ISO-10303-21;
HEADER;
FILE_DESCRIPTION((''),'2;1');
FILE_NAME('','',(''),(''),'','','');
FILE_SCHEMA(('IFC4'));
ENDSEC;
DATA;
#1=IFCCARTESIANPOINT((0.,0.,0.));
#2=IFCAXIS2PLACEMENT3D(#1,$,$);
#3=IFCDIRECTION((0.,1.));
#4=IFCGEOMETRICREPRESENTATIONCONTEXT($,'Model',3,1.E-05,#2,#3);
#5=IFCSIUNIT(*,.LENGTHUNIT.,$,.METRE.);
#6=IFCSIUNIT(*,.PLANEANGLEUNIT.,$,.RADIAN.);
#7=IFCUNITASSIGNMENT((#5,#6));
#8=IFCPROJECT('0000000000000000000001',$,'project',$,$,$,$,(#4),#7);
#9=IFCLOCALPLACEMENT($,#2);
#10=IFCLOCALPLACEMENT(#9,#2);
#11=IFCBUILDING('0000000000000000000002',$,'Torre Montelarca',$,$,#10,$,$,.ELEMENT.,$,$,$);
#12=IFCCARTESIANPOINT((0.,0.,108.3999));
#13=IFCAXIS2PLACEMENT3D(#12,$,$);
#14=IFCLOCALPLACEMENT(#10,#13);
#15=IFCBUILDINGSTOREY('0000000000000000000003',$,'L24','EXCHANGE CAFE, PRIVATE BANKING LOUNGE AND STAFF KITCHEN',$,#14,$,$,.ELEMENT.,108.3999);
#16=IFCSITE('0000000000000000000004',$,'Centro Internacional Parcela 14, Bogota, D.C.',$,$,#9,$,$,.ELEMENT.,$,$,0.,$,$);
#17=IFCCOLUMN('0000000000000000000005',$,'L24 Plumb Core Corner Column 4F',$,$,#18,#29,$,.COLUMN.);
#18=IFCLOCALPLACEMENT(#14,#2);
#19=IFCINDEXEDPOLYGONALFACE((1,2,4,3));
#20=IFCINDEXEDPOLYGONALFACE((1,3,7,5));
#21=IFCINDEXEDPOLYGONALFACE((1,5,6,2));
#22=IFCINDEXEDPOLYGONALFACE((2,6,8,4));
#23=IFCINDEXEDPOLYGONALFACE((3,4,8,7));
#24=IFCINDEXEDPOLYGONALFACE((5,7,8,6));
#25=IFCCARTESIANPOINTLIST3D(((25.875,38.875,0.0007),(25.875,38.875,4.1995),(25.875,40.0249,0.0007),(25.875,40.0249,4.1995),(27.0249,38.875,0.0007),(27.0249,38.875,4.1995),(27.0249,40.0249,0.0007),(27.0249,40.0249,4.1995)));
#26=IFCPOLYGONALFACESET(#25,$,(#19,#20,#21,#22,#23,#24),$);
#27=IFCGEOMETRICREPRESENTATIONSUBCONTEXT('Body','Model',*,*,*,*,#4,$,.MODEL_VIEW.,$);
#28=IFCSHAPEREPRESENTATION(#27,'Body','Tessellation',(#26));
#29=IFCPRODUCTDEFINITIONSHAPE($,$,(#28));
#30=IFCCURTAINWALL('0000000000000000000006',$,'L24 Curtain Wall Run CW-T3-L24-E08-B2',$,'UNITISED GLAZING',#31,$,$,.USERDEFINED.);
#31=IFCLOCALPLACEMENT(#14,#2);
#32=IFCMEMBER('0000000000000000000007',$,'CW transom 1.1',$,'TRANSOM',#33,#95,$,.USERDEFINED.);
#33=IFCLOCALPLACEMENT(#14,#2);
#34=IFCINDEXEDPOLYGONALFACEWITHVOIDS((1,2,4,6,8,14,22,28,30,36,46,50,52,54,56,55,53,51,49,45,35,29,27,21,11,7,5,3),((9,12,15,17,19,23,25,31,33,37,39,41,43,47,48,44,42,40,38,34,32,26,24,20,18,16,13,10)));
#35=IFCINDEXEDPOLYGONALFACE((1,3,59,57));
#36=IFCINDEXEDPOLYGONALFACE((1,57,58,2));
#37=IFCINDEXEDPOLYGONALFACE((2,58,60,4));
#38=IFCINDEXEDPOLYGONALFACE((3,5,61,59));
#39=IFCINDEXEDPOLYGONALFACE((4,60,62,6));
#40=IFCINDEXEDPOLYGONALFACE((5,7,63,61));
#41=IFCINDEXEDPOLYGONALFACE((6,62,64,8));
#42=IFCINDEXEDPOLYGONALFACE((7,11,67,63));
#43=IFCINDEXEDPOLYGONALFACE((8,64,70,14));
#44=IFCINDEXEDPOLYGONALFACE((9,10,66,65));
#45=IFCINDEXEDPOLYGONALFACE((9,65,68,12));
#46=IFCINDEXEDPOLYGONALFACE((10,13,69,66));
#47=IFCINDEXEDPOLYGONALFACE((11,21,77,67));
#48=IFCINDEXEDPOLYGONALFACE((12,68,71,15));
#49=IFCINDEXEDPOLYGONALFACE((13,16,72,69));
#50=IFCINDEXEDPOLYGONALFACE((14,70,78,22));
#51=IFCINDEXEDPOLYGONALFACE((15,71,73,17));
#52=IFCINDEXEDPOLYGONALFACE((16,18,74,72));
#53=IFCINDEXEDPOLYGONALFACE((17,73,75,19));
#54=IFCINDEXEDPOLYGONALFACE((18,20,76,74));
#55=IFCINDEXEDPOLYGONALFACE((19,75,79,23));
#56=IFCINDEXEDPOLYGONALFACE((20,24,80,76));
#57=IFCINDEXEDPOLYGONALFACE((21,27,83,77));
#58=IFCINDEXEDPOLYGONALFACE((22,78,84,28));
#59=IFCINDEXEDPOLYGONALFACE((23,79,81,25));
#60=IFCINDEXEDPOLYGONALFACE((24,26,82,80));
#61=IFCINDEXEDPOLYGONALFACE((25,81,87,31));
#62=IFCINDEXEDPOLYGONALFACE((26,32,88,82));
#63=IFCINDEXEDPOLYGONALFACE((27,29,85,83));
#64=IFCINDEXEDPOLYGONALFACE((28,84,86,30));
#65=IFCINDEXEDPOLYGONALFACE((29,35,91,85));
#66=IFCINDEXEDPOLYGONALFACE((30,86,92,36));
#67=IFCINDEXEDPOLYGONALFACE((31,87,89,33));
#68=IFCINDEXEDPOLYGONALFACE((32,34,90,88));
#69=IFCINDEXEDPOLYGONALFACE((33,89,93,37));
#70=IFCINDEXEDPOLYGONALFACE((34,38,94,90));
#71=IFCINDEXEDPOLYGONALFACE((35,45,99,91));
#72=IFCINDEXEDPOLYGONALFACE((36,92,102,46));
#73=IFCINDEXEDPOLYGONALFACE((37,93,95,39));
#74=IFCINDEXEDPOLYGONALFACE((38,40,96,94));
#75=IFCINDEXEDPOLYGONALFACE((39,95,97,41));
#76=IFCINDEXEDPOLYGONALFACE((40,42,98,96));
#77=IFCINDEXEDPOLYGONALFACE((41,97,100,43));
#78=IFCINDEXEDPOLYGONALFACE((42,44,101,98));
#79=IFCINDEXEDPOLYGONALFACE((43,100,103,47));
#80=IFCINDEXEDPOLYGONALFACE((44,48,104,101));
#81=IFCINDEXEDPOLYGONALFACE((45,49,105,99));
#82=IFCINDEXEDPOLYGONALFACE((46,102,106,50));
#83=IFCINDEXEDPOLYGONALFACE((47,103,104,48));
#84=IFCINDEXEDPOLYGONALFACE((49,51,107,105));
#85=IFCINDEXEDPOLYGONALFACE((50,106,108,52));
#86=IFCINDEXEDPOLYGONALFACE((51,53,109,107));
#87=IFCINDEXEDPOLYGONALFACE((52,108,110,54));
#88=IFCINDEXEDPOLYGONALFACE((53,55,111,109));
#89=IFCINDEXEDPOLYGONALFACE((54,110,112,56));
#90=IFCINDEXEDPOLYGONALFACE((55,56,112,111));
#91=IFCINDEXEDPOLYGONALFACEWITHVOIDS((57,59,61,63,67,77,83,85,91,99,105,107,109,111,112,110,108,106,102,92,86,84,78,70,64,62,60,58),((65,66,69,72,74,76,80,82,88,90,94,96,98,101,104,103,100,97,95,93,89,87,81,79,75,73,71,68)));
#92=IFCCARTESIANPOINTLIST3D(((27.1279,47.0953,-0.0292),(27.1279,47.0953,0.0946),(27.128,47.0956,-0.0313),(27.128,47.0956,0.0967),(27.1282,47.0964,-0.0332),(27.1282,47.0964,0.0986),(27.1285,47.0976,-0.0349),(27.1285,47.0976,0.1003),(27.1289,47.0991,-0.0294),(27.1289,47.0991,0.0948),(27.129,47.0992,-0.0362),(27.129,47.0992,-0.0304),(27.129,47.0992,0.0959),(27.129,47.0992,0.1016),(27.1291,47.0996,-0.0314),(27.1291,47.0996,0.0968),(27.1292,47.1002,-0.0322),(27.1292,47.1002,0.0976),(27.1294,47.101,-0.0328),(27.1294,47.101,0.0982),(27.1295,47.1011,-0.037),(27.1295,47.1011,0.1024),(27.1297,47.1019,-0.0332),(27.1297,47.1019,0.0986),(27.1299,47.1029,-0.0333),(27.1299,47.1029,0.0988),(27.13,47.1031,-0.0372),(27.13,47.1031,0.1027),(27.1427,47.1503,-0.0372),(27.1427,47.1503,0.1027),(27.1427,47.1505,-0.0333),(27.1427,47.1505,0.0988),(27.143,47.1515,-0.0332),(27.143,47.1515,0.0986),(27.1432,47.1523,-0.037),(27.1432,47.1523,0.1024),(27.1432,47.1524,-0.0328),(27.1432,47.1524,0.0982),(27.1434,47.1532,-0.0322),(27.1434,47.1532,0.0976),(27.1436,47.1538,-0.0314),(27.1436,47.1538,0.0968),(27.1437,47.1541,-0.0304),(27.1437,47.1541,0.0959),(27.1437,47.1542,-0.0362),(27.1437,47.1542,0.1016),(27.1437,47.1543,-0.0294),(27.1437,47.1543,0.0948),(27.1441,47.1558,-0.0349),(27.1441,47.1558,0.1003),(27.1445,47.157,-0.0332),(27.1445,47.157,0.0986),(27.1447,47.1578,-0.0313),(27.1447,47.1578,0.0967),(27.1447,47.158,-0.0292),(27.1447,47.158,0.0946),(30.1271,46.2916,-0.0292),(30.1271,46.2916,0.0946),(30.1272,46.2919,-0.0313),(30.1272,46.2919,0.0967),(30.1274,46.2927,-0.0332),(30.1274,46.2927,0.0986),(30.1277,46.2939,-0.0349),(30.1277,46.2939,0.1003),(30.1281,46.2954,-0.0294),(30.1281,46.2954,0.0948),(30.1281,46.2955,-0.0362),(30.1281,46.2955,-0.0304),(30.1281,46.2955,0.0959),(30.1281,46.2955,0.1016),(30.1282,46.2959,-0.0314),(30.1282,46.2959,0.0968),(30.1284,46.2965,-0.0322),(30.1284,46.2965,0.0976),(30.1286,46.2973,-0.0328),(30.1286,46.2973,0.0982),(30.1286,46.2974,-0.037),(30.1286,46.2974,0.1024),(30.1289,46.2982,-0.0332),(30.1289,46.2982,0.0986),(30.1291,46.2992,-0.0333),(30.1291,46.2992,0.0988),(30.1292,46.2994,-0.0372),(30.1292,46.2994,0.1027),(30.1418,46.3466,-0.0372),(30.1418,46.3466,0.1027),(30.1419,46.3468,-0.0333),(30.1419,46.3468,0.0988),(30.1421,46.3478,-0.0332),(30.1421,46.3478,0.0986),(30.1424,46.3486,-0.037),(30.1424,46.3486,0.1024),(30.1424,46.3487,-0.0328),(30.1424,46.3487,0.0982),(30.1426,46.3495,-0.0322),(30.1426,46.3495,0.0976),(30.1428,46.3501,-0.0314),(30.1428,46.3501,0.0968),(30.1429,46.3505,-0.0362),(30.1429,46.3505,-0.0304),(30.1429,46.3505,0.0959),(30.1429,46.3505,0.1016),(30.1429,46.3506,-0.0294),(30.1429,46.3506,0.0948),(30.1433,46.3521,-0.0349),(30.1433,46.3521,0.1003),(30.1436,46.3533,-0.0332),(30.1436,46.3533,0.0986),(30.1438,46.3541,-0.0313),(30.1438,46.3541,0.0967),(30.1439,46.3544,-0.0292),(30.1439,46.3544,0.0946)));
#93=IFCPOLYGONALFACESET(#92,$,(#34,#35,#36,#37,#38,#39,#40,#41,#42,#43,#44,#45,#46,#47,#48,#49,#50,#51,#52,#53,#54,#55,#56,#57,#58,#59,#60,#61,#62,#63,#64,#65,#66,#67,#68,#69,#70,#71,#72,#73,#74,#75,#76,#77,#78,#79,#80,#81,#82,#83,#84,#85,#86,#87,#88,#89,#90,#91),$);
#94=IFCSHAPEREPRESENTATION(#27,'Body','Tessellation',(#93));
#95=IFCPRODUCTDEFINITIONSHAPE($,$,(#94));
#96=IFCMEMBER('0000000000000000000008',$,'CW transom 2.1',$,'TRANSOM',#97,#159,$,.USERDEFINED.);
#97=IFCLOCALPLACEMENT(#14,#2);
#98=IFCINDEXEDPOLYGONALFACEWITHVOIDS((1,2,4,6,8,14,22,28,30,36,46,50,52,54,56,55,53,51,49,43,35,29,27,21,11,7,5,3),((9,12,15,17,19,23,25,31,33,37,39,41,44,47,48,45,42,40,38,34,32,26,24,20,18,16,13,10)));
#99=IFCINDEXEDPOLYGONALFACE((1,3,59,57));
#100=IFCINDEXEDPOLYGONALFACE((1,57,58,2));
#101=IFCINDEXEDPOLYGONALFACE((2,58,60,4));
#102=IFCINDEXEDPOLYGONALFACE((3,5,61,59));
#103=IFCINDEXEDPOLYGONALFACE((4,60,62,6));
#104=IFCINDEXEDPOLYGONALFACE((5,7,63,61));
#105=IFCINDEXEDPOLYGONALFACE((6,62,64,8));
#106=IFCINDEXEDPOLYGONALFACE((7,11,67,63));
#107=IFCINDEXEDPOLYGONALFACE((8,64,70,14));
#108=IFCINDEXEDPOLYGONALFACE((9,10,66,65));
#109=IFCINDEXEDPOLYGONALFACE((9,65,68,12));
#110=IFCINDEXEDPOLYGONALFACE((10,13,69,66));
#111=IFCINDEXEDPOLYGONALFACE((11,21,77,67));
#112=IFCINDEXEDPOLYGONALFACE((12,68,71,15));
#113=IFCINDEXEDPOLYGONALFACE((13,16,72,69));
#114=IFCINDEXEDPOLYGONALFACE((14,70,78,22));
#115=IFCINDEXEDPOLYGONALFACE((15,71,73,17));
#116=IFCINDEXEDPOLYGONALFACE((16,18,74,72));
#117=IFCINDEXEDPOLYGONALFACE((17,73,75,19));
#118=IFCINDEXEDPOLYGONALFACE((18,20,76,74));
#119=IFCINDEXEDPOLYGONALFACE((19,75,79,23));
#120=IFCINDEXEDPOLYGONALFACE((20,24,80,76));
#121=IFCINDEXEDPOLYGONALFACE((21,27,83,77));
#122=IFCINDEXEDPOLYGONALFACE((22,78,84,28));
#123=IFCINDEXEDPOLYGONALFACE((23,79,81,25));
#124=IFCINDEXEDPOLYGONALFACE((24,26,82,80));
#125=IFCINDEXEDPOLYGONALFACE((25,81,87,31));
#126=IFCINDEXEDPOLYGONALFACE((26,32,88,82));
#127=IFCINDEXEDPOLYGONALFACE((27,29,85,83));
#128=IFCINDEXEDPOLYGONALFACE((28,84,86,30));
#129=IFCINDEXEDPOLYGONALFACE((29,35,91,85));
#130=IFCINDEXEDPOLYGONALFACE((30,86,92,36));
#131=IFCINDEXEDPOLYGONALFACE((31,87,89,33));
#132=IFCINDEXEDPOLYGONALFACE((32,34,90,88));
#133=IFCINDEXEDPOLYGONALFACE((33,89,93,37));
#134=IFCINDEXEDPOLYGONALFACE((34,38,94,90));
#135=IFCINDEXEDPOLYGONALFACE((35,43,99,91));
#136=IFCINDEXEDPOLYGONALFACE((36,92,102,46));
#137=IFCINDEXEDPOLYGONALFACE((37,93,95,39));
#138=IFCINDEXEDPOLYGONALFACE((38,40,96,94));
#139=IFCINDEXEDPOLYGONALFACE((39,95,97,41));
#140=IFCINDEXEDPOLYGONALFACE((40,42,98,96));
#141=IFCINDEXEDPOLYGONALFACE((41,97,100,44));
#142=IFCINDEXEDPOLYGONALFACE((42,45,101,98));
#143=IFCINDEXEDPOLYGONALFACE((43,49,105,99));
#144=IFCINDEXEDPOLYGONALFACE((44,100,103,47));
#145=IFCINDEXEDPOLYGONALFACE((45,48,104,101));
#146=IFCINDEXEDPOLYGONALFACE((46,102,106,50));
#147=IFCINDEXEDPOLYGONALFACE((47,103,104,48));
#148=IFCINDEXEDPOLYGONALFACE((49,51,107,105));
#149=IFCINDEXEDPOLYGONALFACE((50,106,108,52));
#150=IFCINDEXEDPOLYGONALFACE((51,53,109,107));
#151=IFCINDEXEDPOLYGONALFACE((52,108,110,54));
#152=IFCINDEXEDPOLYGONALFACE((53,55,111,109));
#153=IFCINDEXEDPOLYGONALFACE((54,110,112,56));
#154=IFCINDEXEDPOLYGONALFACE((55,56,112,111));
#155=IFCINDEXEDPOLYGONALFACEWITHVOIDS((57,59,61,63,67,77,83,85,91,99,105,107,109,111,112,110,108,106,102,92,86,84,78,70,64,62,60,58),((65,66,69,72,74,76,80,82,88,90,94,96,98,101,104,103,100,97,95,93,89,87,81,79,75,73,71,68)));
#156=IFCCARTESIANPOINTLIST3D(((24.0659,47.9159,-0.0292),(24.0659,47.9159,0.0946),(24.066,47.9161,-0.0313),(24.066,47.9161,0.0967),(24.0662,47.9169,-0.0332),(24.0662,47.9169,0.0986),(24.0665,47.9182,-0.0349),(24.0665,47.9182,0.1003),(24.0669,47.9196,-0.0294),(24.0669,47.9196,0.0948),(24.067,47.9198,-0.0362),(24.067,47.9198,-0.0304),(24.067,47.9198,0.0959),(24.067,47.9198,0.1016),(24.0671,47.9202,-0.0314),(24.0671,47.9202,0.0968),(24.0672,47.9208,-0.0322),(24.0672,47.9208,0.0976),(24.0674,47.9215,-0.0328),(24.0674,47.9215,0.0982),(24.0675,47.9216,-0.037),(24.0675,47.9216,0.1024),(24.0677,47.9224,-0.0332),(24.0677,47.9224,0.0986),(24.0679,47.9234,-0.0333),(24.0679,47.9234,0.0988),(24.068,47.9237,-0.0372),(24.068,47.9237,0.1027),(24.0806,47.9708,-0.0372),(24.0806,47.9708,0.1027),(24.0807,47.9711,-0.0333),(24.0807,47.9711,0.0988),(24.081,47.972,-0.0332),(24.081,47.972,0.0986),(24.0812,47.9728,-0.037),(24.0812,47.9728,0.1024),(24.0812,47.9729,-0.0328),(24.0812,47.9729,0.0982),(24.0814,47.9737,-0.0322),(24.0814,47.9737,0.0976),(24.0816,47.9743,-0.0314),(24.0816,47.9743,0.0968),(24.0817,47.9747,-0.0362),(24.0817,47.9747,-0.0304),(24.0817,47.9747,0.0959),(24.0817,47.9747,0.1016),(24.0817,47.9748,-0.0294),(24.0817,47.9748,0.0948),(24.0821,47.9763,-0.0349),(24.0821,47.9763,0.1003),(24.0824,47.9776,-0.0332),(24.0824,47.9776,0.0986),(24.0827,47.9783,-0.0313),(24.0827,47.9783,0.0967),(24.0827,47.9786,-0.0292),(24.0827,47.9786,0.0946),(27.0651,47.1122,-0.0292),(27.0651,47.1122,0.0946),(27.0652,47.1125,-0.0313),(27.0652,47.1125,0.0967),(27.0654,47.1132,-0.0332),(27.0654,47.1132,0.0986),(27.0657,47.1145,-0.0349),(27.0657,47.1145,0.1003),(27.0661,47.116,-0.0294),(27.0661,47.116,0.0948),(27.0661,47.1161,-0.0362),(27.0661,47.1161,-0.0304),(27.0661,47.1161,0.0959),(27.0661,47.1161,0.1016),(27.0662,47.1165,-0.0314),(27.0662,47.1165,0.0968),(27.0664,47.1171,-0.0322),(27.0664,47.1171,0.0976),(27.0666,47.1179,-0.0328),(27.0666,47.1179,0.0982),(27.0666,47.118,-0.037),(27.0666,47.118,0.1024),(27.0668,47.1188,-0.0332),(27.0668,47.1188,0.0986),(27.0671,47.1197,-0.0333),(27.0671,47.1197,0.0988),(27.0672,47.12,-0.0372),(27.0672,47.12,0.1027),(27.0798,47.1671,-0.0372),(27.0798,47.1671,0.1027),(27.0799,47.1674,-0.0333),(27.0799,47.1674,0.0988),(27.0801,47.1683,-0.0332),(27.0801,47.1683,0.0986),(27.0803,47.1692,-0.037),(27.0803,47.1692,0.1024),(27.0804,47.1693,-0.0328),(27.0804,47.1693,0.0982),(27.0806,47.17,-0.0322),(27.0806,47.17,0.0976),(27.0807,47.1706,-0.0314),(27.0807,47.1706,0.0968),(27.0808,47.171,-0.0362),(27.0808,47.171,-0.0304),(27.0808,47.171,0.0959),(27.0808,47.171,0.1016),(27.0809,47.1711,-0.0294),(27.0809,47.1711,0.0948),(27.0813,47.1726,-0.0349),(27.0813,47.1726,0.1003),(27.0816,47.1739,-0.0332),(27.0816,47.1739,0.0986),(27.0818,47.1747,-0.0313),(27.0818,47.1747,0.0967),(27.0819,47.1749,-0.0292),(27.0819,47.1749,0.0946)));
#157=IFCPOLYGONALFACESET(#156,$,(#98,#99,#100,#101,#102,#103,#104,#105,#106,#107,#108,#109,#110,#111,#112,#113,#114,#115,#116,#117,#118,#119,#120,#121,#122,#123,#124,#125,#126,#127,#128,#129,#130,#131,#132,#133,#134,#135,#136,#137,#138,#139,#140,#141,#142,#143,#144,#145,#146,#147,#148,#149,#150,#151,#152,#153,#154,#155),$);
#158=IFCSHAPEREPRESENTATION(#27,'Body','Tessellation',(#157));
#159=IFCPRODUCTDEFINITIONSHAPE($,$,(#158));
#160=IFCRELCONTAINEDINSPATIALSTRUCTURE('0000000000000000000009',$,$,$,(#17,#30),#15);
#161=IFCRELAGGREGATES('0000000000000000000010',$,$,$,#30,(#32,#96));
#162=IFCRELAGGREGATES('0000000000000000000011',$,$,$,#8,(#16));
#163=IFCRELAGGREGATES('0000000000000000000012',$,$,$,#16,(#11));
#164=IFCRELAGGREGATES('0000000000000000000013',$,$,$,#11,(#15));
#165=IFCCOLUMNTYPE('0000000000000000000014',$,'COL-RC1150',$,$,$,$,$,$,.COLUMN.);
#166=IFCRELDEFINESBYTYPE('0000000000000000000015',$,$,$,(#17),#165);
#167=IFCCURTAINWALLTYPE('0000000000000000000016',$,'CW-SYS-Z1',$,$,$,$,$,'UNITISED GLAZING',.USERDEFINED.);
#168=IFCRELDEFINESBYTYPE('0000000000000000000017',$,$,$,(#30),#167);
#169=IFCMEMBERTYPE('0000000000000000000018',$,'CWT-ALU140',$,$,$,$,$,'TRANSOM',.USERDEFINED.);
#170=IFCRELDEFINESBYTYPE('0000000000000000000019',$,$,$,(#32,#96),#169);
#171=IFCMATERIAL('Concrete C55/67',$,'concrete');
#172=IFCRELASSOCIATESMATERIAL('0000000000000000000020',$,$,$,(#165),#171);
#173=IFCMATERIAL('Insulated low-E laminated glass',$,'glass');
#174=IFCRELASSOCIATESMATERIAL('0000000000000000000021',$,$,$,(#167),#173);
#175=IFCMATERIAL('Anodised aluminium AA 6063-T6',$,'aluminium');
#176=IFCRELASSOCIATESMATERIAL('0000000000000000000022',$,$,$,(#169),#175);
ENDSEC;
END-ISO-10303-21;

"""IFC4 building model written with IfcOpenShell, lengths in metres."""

from ifc_helpers import new_model, si_unit, direction, frame, origin, origin_2d, place, context, subcontext, project, spatial, rectangle, hollow_rectangle, extrude, source, transform, mapped, material, material_profile, profile_set, type_object, element, aggregate, save


model = new_model("IFC4")

# Units and contexts
model_context = context("Model", 3, precision=1e-05, world=origin(), true_north=direction((0.0, 1.0)))
body_context = subcontext(model_context, "Body", "Model", "MODEL_VIEW")
ifc_project = project(units=[si_unit("LENGTHUNIT", "METRE"), si_unit("PLANEANGLEUNIT", "RADIAN")], contexts=[model_context])

# Site, building, storey
site_placement = place(None, origin())
site = spatial("IfcSite", under=ifc_project, at=site_placement, Name="Centro Internacional Parcela 14, Bogota, D.C.", CompositionType="ELEMENT", RefElevation=0.0)
building_placement = place(site_placement, origin())
building = spatial("IfcBuilding", under=site, at=building_placement, Name="Torre Montelarca", CompositionType="ELEMENT")
storey_placement = place(building_placement, frame((0.0, 0.0, 108.3999)))
storey = spatial("IfcBuildingStorey", under=building, at=storey_placement, Name="L24", Description="EXCHANGE CAFE, PRIVATE BANKING LOUNGE AND STAFF KITCHEN", CompositionType="ELEMENT", Elevation=108.3999)

# Column
ifc_material_1 = material(Name="Concrete C55/67", Category="concrete")
ifc_material_profile_1 = material_profile(ifc_material_1, rectangle(XDim=1.1499, YDim=1.1499, at=origin_2d()), Name="RC1150X1150", Category="concrete")
ifc_profile_set_1 = profile_set([ifc_material_profile_1], Name="Concrete C55/67")
column_type = type_object("IfcColumnType", Name="COL-RC1150", PredefinedType="COLUMN", material=ifc_profile_set_1)
shared_shape_1 = source(origin(), body_context, "Body", "SweptSolid", [
    extrude(rectangle(XDim=1.1499, YDim=1.1499, at=origin_2d()), origin(), (0.0, 0.0, 1.0), 4.1987),
])
column_placement = place(storey_placement, frame((26.45, 39.45, 0.0007), z_axis=(0.0, 0.0, 1.0), x_axis=(1.0, 0.0, 0.0)))
element("IfcColumn", 1, at=column_placement, inside=storey, type_object=column_type, Name="L24 Plumb Core Corner Column 4F", PredefinedType="COLUMN", context=body_context, shape_type="MappedRepresentation", body=[
    mapped(shared_shape_1, transform((0.0, 0.0, 0.0), scale=1.0)),
])

# Curtain wall, members
ifc_material_2 = material(Name="Insulated low-E laminated glass", Category="glass")
curtain_wall_type = type_object("IfcCurtainWallType", Name="CW-SYS-Z1", ElementType="UNITISED GLAZING", PredefinedType="USERDEFINED", material=ifc_material_2)
curtain_wall_placement = place(storey_placement, origin())
curtain_wall = element("IfcCurtainWall", 2, at=curtain_wall_placement, inside=storey, type_object=curtain_wall_type, Name="L24 Curtain Wall Run CW-T3-L24-E08-B2", ObjectType="UNITISED GLAZING", PredefinedType="USERDEFINED")
ifc_material_3 = material(Name="Anodised aluminium AA 6063-T6", Category="aluminium")
ifc_material_profile_2 = material_profile(ifc_material_3, hollow_rectangle(XDim=0.0649, YDim=0.1399, WallThickness=0.0039, InnerFilletRadius=0.0039, OuterFilletRadius=0.0081, at=origin_2d()), Name="ALU65X140X4", Category="aluminium")
ifc_profile_set_2 = profile_set([ifc_material_profile_2], Name="Anodised aluminium AA 6063-T6")
member_type_1 = type_object("IfcMemberType", Name="CWT-ALU140", ElementType="TRANSOM", PredefinedType="USERDEFINED", material=ifc_profile_set_2)
shared_shape_2 = source(origin(), body_context, "Body", "SweptSolid", [
    extrude(hollow_rectangle(XDim=0.0649, YDim=0.1399, WallThickness=0.0039, InnerFilletRadius=0.0039, OuterFilletRadius=0.0081, at=origin_2d()), origin(), (0.0, 0.0, 1.0), 3.105),
])
member_1_placement = place(storey_placement, frame((30.1355, 46.323, 0.0327), z_axis=(-0.965921, 0.258837, 0.0), x_axis=(-0.258837, -0.965921, 0.0)))
member_1 = element("IfcMember", 3, at=member_1_placement, type_object=member_type_1, Name="CW transom 1.1", ObjectType="TRANSOM", PredefinedType="USERDEFINED", context=body_context, shape_type="MappedRepresentation", body=[
    mapped(shared_shape_2, transform((0.0, 0.0, 0.0), scale=1.0)),
])
member_2_placement = place(storey_placement, frame((27.0735, 47.1436, 0.0327), z_axis=(-0.965921, 0.258837, 0.0), x_axis=(-0.258837, -0.965921, 0.0)))
member_2 = element("IfcMember", 4, at=member_2_placement, type_object=member_type_1, Name="CW transom 2.1", ObjectType="TRANSOM", PredefinedType="USERDEFINED", context=body_context, shape_type="MappedRepresentation", body=[
    mapped(shared_shape_2, transform((0.0, 0.0, 0.0), scale=1.0)),
])
aggregate(curtain_wall, [member_1, member_2])

save(model, "model.ifc")
